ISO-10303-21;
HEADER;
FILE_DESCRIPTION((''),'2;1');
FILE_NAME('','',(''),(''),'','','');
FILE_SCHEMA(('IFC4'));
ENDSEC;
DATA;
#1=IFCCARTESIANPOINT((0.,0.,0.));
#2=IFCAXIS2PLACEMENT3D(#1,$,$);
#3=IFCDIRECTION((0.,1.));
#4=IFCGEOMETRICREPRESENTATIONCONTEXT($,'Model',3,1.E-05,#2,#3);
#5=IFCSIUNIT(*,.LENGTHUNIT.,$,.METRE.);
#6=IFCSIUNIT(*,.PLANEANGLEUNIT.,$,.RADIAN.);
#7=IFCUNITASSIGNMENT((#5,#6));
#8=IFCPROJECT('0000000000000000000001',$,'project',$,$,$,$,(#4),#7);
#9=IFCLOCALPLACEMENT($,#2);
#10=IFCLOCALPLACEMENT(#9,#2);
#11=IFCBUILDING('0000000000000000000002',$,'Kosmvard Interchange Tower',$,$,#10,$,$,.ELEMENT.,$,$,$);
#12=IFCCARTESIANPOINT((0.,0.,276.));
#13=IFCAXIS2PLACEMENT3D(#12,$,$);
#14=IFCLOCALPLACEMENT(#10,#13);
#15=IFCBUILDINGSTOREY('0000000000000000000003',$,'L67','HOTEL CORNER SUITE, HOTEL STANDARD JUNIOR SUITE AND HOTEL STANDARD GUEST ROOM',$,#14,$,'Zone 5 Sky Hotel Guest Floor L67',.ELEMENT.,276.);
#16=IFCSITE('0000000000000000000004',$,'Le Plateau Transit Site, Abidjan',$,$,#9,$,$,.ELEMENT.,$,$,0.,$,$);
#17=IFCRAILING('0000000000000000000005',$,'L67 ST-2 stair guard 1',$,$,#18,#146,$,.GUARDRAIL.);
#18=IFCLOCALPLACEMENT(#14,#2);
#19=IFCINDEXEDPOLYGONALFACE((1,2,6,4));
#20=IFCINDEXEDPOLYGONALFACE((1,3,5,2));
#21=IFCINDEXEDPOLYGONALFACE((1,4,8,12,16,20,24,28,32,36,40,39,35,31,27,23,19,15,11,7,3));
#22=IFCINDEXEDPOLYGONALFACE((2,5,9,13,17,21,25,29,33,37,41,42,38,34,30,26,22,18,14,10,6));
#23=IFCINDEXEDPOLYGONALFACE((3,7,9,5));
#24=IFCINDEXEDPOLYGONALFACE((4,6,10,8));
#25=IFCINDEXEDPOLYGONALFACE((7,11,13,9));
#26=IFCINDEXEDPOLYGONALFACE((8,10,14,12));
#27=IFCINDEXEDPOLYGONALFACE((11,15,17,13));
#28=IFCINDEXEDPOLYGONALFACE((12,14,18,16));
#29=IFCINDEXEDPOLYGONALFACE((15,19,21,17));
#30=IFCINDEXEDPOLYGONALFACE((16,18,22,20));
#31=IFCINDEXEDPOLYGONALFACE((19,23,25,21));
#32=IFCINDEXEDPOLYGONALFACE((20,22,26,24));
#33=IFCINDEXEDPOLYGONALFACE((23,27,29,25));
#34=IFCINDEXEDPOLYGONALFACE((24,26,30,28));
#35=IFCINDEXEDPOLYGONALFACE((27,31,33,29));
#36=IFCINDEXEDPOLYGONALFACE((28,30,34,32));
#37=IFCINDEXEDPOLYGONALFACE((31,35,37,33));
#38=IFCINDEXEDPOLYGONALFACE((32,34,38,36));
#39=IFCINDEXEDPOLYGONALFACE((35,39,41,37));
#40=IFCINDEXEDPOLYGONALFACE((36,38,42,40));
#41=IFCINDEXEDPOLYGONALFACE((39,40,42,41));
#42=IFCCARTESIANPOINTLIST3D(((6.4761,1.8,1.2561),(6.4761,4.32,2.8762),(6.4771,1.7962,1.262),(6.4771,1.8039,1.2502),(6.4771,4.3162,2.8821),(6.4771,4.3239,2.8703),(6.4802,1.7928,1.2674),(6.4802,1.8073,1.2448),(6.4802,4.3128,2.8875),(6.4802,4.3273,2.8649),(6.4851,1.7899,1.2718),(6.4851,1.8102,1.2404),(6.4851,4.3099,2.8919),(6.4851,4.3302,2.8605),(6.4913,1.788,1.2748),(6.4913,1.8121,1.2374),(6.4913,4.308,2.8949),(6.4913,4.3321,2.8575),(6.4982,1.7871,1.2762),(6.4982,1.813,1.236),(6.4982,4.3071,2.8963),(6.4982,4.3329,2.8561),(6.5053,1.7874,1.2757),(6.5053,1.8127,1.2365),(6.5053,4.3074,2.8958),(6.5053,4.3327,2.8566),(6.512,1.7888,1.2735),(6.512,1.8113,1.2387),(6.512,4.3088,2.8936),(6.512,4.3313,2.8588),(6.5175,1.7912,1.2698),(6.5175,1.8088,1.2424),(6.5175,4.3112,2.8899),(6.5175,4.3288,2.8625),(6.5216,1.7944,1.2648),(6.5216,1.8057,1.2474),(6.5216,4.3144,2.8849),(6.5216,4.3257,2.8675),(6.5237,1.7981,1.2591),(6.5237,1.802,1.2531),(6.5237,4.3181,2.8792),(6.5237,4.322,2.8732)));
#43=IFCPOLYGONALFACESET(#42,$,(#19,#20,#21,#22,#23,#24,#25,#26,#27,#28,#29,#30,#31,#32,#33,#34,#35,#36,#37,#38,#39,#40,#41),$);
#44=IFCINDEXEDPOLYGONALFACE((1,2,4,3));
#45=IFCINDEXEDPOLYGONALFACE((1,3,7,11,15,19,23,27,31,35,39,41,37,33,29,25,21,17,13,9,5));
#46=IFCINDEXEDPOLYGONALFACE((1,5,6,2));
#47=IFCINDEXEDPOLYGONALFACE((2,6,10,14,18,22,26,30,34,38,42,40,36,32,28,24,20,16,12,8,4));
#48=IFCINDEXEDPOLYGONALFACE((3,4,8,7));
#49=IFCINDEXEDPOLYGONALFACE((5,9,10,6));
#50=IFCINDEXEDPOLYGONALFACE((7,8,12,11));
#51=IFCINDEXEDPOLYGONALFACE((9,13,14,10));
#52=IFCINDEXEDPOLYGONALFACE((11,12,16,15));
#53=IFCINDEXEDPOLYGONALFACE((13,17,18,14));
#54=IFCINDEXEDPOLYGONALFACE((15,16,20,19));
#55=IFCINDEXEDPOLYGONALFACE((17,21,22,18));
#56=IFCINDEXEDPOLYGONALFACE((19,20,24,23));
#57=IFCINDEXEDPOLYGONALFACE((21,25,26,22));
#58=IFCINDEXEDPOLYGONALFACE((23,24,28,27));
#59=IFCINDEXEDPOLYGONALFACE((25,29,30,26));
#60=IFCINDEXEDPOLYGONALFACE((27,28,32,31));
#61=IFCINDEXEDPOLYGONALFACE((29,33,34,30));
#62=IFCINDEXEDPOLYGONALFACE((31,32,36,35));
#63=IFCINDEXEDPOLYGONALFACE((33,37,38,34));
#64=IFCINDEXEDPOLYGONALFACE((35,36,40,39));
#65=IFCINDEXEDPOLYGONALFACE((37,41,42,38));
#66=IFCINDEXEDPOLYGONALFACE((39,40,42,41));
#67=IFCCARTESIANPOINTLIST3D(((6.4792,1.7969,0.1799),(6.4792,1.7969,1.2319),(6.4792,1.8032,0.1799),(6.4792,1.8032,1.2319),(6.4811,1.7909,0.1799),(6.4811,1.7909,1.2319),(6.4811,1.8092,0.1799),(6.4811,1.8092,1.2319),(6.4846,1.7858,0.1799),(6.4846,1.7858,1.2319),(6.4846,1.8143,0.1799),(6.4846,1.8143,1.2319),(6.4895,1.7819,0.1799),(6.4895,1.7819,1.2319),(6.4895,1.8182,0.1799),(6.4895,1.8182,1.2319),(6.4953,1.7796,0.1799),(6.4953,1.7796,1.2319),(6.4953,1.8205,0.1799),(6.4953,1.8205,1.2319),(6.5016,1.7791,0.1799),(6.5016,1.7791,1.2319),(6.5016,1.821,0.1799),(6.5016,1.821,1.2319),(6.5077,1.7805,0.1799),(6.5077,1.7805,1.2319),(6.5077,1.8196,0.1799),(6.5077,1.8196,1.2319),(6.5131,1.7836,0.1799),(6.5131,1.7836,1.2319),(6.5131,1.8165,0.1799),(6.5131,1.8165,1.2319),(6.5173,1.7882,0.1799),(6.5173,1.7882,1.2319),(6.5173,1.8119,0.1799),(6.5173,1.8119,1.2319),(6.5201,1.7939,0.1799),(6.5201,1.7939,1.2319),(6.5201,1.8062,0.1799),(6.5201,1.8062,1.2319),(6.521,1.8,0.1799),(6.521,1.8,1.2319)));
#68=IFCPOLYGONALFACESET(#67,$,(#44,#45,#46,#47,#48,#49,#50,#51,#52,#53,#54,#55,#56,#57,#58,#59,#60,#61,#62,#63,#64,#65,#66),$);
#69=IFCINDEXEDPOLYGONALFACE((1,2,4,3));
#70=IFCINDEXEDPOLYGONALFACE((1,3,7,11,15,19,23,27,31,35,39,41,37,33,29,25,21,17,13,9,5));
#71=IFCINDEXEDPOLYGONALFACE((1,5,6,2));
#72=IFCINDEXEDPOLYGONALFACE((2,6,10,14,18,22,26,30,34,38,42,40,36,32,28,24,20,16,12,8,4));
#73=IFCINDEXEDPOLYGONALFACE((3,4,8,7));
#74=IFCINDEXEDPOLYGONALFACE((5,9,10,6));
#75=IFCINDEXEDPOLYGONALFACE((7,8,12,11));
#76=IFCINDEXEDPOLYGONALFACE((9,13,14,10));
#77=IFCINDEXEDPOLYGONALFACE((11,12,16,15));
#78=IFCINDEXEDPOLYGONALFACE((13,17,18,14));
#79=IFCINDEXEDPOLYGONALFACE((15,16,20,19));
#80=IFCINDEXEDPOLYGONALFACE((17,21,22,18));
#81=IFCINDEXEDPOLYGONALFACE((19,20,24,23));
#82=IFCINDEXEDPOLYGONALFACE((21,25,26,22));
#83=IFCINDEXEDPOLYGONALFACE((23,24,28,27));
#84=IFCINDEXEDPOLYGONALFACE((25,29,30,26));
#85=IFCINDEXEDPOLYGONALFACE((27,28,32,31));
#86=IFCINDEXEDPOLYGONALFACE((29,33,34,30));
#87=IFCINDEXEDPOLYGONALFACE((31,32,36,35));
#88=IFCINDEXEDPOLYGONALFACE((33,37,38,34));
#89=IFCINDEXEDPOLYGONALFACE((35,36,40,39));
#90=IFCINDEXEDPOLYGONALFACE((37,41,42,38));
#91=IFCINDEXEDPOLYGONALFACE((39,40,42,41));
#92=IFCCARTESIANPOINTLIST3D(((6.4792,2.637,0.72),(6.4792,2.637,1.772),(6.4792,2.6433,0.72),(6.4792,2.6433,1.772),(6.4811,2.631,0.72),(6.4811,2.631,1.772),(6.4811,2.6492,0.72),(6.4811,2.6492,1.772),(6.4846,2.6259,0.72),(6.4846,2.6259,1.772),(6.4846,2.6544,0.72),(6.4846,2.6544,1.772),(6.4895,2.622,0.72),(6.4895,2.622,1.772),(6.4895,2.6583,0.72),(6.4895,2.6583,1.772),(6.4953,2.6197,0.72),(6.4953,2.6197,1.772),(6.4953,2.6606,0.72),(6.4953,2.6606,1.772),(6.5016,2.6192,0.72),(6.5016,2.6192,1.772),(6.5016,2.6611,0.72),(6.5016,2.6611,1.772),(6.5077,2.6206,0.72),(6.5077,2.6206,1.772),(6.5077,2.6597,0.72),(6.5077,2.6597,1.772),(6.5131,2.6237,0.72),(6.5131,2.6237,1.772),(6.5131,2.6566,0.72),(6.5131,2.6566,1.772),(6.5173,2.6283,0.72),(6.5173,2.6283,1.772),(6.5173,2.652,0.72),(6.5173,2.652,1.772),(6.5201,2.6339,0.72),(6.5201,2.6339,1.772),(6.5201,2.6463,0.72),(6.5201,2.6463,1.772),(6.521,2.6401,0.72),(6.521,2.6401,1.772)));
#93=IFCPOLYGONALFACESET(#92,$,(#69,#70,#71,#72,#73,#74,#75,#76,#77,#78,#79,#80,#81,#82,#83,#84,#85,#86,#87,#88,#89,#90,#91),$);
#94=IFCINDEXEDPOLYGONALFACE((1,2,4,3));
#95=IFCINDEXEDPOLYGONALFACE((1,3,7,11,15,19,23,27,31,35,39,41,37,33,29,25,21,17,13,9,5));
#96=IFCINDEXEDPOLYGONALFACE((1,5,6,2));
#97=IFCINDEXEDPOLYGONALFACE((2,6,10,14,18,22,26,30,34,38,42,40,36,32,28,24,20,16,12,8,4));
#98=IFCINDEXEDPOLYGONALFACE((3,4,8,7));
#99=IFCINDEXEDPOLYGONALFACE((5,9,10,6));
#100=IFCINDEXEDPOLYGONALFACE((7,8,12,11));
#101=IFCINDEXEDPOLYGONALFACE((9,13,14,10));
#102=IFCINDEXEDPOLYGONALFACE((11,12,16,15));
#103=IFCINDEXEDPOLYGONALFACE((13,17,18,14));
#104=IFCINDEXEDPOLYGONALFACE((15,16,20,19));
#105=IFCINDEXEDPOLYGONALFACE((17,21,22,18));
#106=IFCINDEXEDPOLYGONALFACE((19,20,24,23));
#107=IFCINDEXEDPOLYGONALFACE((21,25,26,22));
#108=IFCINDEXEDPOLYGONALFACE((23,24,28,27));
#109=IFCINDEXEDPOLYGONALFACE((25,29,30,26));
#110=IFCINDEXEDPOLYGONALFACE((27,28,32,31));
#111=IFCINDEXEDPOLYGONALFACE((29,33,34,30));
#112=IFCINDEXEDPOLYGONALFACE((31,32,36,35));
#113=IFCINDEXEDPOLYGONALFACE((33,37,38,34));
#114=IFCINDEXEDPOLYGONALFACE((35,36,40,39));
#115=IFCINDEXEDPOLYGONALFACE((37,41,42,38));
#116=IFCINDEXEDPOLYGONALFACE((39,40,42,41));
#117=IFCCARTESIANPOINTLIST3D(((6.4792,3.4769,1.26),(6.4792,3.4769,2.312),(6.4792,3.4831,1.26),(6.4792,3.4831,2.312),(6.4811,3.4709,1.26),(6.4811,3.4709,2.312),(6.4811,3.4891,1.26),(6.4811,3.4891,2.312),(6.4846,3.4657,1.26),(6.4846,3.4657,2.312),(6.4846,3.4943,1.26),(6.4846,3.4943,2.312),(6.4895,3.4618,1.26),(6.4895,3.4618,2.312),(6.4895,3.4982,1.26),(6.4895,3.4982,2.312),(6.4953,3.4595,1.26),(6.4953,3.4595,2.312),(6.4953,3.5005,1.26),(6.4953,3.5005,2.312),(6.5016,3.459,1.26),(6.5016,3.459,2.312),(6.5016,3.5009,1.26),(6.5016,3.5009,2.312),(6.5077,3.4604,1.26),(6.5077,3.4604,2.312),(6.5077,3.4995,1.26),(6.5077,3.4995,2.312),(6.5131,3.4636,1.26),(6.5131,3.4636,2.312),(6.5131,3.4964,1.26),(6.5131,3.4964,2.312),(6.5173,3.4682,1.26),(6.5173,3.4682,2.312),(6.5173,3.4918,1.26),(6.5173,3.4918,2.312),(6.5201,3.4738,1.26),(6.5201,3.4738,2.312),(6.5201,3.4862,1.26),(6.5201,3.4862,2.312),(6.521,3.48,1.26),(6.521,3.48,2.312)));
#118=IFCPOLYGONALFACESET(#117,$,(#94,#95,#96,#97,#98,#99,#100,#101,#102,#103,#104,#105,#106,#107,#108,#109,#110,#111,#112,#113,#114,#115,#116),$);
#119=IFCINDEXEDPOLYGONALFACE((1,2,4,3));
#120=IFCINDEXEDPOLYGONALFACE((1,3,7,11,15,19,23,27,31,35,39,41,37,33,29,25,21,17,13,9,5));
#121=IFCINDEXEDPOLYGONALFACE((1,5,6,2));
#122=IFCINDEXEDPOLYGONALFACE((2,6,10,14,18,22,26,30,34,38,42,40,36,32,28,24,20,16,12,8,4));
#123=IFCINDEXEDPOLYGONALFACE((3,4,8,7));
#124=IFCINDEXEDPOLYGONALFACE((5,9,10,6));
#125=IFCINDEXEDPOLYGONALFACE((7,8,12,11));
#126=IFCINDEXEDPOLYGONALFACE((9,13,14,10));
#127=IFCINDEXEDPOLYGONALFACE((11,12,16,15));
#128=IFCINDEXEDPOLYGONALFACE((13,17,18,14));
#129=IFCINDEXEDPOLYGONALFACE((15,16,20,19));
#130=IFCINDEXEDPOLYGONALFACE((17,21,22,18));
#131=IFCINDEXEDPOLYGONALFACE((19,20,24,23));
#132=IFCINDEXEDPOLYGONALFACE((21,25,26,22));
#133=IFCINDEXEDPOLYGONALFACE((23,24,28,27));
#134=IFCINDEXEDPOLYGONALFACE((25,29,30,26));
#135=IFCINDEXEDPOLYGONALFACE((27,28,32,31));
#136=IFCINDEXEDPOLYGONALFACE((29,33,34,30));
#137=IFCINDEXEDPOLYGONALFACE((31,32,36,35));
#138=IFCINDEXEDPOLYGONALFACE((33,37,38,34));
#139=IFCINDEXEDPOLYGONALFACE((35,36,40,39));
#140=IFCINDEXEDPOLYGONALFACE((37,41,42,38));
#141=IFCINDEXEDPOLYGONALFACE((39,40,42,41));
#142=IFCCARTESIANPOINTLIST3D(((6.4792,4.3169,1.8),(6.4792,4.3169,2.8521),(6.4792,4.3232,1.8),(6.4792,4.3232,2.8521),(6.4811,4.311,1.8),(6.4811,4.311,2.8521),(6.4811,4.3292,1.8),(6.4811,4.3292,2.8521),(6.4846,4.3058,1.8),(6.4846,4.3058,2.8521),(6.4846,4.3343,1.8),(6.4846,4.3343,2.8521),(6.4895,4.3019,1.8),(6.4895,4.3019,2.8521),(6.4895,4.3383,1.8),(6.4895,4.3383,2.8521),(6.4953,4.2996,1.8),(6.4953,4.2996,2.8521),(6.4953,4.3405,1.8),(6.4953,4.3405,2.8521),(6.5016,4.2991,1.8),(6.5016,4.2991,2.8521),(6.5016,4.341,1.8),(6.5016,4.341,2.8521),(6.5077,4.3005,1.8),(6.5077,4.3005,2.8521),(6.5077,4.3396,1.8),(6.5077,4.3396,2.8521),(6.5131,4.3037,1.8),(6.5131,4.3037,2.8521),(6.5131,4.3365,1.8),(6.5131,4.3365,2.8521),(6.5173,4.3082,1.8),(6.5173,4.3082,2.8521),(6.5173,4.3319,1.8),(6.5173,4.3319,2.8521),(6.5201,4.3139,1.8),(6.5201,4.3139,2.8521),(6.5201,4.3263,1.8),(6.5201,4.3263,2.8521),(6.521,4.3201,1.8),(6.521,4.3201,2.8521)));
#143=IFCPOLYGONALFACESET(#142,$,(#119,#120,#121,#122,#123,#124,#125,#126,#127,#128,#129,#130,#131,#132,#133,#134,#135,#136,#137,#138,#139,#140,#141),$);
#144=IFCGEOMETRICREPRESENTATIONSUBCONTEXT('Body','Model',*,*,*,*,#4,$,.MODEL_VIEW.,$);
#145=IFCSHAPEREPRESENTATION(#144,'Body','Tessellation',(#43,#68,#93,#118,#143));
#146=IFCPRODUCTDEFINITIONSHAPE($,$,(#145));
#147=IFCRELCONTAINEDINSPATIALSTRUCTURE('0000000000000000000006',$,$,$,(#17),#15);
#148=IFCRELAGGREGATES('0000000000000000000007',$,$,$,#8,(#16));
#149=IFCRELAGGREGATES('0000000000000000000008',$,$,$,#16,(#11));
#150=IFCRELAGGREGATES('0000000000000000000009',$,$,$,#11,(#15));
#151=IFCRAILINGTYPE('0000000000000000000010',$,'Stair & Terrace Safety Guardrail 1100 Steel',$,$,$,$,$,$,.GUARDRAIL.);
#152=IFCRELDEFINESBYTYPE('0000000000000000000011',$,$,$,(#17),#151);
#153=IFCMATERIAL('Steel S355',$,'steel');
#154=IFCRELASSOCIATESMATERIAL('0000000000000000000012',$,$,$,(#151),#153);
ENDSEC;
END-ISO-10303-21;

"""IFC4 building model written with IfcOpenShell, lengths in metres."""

from ifc_helpers import new_model, si_unit, direction, frame, origin, origin_2d, place, context, subcontext, project, spatial, circle, extrude, source, transform, mapped, material, type_object, element, save


model = new_model("IFC4")

# Units and contexts
model_context = context("Model", 3, precision=1e-05, world=origin(), true_north=direction((0.0, 1.0)))
body_context = subcontext(model_context, "Body", "Model", "MODEL_VIEW")
ifc_project = project(units=[si_unit("LENGTHUNIT", "METRE"), si_unit("PLANEANGLEUNIT", "RADIAN")], contexts=[model_context])

# Site, building, storey
site_placement = place(None, origin())
site = spatial("IfcSite", under=ifc_project, at=site_placement, Name="Le Plateau Transit Site, Abidjan", CompositionType="ELEMENT", RefElevation=0.0)
building_placement = place(site_placement, origin())
building = spatial("IfcBuilding", under=site, at=building_placement, Name="Kosmvard Interchange Tower", CompositionType="ELEMENT")
storey_placement = place(building_placement, frame((0.0, 0.0, 276.0)))
storey = spatial("IfcBuildingStorey", under=building, at=storey_placement, Name="L67", Description="HOTEL CORNER SUITE, HOTEL STANDARD JUNIOR SUITE AND HOTEL STANDARD GUEST ROOM", LongName="Zone 5 Sky Hotel Guest Floor L67", CompositionType="ELEMENT", Elevation=276.0)

# Shared definitions
ifc_material_1 = material(Name="Steel S355", Category="steel")

# Railing
railing_type_1 = type_object("IfcRailingType", Name="Stair & Terrace Safety Guardrail 1100 Steel", PredefinedType="GUARDRAIL", material=ifc_material_1)
shared_shape_1 = source(origin(), body_context, "Body", "SweptSolid", [
    extrude(circle(Radius=0.0239, at=origin_2d()), frame((0.0, 0.0, 1.0762), z_axis=(0.0, 0.841163, 0.540782), x_axis=(-1.0, 0.0, 0.0)), (0.0, 0.0, 1.0), 2.9958),
    extrude(circle(Radius=0.021, at=origin_2d()), origin(), (0.0, 0.0, 1.0), 1.052),
    extrude(circle(Radius=0.021, at=origin_2d()), frame((0.0, 0.8401, 0.54)), (0.0, 0.0, 1.0), 1.052),
    extrude(circle(Radius=0.021, at=origin_2d()), frame((0.0, 1.6799, 1.0801)), (0.0, 0.0, 1.0), 1.052),
    extrude(circle(Radius=0.021, at=origin_2d()), frame((0.0, 2.52, 1.6201)), (0.0, 0.0, 1.0), 1.052),
])
railing_1_placement = place(storey_placement, frame((6.5, 1.8, 0.1799)))
element("IfcRailing", 1, at=railing_1_placement, inside=storey, type_object=railing_type_1, Name="L67 ST-2 stair guard 1", PredefinedType="GUARDRAIL", context=body_context, shape_type="MappedRepresentation", body=[
    mapped(shared_shape_1, transform((0.0, 0.0, 0.0), scale=1.0)),
])

save(model, "model.ifc")
